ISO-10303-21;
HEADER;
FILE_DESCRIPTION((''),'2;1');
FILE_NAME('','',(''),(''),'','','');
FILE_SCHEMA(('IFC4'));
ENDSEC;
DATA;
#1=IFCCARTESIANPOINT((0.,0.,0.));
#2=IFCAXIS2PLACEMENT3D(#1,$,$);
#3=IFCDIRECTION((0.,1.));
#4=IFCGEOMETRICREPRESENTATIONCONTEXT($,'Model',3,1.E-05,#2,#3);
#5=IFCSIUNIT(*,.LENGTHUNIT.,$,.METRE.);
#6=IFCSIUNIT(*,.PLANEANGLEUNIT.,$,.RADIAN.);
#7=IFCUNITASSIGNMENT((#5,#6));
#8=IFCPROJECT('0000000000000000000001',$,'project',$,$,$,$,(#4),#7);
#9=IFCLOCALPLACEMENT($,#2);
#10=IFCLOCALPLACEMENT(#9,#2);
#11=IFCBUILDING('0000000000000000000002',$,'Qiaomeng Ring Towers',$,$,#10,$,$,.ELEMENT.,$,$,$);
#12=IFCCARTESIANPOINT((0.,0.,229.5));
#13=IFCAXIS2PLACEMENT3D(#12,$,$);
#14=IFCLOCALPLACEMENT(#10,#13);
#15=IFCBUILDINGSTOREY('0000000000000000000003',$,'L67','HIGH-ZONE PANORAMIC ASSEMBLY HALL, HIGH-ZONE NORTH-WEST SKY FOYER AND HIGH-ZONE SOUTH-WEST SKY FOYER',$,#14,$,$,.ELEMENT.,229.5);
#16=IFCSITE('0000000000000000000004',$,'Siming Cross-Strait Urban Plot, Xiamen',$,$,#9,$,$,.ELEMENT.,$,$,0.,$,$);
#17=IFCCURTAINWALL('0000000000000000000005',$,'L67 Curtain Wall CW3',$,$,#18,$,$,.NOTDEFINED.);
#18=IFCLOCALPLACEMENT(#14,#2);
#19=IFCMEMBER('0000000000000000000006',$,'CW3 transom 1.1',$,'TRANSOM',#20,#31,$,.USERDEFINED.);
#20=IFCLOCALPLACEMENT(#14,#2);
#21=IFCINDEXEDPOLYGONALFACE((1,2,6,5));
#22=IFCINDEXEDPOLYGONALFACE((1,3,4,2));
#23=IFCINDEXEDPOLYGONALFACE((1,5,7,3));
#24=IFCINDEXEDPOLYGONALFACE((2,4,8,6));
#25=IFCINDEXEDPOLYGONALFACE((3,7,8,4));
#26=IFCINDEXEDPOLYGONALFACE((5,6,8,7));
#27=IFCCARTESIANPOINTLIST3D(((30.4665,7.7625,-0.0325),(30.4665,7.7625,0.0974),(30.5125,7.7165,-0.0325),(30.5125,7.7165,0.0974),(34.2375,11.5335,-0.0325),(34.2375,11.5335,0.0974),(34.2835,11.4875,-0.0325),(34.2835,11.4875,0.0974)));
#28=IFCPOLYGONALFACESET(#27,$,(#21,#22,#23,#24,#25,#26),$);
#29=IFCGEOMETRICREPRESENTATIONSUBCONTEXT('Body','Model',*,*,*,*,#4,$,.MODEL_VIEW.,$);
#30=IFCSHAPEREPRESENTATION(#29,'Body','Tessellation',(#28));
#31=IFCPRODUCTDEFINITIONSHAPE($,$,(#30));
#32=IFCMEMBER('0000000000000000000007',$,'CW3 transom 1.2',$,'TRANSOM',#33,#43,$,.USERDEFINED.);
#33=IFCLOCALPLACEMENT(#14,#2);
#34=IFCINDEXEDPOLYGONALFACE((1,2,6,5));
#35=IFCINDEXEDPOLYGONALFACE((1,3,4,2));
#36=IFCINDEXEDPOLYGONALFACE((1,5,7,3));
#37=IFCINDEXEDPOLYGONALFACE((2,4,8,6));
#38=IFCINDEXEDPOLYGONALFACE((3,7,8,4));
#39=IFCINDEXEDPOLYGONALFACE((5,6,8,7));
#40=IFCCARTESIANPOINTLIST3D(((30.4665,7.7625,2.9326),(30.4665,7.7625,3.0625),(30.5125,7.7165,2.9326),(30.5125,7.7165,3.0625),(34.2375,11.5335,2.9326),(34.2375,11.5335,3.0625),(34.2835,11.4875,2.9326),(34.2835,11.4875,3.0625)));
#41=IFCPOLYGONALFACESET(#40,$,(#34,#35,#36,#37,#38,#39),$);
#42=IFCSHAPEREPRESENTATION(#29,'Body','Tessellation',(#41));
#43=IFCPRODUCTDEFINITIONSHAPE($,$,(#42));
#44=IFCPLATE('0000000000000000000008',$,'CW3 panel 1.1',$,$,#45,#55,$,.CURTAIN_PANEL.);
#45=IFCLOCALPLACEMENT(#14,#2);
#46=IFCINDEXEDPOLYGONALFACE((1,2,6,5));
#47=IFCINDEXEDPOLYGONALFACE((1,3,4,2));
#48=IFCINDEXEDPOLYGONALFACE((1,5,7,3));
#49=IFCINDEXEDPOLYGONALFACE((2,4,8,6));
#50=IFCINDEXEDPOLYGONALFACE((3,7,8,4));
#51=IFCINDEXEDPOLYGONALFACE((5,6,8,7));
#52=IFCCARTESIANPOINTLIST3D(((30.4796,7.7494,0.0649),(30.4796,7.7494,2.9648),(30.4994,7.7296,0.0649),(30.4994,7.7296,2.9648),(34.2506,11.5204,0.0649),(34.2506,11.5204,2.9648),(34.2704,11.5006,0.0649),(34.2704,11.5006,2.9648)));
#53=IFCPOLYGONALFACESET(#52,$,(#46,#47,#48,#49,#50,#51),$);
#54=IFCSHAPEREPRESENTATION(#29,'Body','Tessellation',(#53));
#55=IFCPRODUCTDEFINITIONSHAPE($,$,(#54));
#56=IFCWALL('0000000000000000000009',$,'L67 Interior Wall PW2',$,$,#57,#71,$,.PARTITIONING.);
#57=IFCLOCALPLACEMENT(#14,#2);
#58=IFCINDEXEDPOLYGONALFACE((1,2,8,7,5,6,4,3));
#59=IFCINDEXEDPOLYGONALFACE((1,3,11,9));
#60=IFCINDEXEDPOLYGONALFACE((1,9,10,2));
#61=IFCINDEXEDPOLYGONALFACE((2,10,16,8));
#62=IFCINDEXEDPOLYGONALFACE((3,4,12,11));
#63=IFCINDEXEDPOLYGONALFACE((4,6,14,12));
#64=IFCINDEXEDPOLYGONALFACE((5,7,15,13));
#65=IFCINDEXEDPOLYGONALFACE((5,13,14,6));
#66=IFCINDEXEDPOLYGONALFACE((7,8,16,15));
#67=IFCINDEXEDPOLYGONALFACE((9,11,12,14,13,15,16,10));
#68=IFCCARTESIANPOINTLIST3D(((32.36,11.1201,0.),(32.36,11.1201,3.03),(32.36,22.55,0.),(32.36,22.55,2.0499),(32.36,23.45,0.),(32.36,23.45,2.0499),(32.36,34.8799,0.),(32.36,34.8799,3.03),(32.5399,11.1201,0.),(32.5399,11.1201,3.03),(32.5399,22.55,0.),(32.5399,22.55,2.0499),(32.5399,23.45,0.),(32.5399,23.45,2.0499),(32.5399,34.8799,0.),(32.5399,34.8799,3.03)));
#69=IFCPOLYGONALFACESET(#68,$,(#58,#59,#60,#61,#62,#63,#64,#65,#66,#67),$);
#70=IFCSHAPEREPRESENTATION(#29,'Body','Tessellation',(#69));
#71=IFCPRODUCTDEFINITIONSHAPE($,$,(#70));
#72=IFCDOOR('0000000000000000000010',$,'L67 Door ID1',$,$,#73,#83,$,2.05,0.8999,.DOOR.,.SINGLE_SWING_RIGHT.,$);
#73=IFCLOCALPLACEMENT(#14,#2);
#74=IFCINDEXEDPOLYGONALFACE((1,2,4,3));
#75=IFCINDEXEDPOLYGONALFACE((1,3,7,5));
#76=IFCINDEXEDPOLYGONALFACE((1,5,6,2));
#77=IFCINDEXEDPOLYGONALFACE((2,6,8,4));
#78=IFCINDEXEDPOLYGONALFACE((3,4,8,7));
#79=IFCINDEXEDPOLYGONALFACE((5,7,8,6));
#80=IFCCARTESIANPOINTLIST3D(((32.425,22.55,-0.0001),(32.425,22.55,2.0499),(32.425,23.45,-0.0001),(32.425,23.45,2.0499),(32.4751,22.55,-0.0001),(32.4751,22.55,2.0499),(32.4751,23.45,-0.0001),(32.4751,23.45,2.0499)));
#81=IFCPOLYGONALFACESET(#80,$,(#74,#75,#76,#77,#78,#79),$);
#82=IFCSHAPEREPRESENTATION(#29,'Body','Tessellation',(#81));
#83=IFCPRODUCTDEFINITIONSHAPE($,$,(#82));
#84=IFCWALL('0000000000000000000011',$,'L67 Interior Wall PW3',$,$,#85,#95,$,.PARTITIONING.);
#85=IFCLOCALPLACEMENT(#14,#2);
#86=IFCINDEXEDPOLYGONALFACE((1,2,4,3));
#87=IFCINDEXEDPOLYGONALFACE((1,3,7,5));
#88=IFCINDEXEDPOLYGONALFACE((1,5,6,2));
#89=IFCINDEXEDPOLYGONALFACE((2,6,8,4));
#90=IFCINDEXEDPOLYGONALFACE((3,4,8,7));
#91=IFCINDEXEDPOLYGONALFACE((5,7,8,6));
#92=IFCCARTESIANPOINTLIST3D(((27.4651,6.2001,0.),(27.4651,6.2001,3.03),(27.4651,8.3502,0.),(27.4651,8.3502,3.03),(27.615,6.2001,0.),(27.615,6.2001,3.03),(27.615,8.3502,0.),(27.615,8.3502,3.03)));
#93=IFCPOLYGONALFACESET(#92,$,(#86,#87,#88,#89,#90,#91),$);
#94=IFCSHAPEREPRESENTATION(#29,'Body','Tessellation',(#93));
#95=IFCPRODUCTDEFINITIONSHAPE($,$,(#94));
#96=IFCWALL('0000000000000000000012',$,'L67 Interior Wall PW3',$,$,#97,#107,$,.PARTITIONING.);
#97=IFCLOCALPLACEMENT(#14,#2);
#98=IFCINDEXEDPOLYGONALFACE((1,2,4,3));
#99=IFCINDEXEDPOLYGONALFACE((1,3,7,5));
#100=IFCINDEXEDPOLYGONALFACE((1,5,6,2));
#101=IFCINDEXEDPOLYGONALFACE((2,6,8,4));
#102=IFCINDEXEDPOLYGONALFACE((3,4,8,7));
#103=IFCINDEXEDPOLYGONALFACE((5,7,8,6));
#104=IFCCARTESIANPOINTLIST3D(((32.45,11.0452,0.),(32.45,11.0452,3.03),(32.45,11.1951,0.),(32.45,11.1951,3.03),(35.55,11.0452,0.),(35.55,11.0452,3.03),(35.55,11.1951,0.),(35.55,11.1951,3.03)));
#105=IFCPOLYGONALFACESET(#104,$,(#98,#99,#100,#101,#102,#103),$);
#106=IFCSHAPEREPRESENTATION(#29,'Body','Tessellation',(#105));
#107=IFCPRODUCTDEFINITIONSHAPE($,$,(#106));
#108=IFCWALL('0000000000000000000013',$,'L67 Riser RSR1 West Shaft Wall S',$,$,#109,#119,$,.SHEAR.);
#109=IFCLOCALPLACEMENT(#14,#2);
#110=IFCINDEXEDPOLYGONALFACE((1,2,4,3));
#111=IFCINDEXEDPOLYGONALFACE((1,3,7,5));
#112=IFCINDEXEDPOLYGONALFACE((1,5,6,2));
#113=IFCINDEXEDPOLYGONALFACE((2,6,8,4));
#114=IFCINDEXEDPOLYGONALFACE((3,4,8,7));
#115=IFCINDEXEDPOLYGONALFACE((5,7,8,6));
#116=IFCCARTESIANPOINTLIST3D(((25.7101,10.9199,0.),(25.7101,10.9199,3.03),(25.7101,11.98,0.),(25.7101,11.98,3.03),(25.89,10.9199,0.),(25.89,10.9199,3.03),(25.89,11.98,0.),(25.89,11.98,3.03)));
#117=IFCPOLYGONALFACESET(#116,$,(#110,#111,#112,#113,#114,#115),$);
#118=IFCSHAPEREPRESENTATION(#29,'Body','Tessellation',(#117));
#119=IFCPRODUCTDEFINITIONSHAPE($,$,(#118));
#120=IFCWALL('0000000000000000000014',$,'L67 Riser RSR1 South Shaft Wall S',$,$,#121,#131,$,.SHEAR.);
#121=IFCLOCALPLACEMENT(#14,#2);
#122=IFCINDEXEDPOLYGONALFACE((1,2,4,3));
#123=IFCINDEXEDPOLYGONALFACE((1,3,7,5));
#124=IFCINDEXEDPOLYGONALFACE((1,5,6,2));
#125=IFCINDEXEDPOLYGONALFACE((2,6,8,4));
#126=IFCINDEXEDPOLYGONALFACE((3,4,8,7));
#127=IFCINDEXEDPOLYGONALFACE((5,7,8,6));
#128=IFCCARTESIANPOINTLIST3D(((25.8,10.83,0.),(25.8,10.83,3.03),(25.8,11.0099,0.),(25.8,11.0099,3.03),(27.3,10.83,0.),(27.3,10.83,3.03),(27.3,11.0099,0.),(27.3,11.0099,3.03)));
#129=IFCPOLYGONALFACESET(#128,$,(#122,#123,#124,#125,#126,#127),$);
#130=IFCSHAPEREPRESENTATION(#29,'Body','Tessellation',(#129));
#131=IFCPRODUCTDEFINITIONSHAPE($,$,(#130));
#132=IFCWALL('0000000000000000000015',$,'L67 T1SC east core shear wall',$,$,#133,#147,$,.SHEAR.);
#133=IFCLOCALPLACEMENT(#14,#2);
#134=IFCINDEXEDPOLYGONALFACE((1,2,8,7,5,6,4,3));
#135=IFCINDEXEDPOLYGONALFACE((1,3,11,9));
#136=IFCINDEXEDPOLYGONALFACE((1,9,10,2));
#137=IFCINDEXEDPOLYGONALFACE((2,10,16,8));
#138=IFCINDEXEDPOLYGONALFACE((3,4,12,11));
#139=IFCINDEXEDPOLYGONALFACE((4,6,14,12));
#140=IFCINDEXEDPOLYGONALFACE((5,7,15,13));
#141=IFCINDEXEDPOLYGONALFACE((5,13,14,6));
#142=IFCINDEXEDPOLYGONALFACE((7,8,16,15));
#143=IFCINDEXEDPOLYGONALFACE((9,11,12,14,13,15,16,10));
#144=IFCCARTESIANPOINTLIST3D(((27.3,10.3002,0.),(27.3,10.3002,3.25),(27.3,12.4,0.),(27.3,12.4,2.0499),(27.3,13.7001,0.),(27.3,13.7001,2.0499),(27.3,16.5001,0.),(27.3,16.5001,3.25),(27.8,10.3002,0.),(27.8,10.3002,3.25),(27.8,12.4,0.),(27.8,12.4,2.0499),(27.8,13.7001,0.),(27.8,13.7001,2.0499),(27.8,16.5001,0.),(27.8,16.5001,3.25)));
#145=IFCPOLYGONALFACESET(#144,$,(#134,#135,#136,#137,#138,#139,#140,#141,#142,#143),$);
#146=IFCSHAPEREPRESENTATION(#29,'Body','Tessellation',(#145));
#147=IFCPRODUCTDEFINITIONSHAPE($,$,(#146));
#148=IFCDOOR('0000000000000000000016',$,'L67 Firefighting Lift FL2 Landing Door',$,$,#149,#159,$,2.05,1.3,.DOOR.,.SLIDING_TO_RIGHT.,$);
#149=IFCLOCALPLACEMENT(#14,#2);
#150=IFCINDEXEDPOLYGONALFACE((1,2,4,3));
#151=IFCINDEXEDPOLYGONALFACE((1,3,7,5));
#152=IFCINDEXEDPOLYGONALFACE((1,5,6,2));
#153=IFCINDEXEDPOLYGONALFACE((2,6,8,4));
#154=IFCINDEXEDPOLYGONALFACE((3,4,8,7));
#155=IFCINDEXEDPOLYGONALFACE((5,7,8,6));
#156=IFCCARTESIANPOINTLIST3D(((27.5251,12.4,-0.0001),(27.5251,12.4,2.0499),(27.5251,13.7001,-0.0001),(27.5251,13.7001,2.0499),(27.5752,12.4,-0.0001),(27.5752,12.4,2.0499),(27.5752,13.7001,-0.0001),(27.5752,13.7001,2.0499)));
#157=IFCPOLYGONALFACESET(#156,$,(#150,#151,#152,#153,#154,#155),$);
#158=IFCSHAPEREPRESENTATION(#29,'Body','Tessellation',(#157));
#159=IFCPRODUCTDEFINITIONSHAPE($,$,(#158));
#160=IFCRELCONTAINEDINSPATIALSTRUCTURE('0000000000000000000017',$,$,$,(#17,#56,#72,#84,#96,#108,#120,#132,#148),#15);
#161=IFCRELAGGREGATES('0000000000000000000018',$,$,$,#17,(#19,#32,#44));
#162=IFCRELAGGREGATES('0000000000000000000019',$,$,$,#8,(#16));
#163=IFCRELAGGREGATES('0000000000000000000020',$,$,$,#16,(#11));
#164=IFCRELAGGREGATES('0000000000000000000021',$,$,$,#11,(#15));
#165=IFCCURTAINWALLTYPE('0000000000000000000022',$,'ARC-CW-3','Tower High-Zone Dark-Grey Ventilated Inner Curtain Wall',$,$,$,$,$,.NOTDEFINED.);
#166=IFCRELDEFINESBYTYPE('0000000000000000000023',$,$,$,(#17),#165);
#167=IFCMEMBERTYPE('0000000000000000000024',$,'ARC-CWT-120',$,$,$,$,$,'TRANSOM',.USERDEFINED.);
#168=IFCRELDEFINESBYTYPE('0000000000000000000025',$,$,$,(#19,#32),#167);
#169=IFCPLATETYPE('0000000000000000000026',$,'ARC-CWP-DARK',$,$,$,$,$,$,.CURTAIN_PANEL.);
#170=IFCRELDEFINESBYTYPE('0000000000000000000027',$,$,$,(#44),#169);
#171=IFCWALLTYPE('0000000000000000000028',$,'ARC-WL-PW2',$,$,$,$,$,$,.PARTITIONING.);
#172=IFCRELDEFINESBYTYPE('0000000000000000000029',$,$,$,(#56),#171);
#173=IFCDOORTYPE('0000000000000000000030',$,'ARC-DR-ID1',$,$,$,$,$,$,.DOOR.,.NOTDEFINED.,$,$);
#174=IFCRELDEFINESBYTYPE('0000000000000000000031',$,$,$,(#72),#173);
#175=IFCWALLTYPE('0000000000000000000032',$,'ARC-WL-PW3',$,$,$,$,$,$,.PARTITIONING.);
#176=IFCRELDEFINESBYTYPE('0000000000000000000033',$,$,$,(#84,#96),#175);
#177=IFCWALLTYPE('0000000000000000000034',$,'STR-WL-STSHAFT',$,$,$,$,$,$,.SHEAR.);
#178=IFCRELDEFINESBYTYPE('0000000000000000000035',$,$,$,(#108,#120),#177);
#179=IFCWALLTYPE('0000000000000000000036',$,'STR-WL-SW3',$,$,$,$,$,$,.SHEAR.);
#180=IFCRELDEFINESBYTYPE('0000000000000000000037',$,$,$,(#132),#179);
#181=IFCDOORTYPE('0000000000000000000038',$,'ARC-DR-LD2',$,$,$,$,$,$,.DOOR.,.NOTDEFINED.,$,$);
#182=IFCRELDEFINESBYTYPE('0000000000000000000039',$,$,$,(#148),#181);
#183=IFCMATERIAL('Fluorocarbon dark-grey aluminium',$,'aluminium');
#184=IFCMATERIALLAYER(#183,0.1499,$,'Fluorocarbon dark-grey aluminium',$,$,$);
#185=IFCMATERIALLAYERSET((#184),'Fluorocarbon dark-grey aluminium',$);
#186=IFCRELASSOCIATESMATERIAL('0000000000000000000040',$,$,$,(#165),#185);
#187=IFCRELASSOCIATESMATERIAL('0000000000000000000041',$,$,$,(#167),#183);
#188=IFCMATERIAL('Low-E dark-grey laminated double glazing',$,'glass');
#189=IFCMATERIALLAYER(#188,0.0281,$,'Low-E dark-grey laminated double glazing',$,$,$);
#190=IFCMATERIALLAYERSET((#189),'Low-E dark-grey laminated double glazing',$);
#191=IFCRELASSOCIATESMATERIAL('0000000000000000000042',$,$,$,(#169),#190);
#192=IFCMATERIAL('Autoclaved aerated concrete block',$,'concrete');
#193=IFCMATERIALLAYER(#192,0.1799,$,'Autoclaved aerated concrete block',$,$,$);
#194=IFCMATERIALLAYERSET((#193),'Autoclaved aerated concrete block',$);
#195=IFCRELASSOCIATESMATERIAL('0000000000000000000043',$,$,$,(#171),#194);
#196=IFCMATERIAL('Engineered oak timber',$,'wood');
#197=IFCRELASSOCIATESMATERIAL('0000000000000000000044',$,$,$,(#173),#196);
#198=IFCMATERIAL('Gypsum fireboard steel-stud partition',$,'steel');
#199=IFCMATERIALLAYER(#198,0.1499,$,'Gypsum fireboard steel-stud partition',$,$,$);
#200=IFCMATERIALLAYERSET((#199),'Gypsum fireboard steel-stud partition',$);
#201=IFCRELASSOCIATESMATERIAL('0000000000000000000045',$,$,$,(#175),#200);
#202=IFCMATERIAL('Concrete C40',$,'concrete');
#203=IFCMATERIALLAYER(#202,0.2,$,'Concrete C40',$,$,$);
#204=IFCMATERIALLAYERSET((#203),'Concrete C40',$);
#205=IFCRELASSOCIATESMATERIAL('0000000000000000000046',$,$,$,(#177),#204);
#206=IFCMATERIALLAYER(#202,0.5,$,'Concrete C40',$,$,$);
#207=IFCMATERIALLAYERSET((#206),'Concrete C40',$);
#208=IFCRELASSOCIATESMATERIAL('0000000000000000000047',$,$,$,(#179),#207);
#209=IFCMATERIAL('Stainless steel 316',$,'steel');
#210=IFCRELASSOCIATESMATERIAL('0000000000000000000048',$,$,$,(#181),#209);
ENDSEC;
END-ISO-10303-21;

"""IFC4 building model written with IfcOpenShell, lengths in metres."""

from ifc_helpers import new_model, si_unit, direction, frame, frame_2d, origin, origin_2d, place, context, subcontext, project, spatial, rectangle, extrude, source, transform, mapped, material, layer, layer_set, material_profile, profile_set, type_object, element, fill, aggregate, save


model = new_model("IFC4")

# Units and contexts
model_context = context("Model", 3, precision=1e-05, world=origin(), true_north=direction((0.0, 1.0)))
body_context = subcontext(model_context, "Body", "Model", "MODEL_VIEW")
ifc_project = project(units=[si_unit("LENGTHUNIT", "METRE"), si_unit("PLANEANGLEUNIT", "RADIAN")], contexts=[model_context])

# Site, building, storey
site_placement = place(None, origin())
site = spatial("IfcSite", under=ifc_project, at=site_placement, Name="Siming Cross-Strait Urban Plot, Xiamen", CompositionType="ELEMENT", RefElevation=0.0)
building_placement = place(site_placement, origin())
building = spatial("IfcBuilding", under=site, at=building_placement, Name="Qiaomeng Ring Towers", CompositionType="ELEMENT")
storey_placement = place(building_placement, frame((0.0, 0.0, 229.5)))
storey = spatial("IfcBuildingStorey", under=building, at=storey_placement, Name="L67", Description="HIGH-ZONE PANORAMIC ASSEMBLY HALL, HIGH-ZONE NORTH-WEST SKY FOYER AND HIGH-ZONE SOUTH-WEST SKY FOYER", CompositionType="ELEMENT", Elevation=229.5)

# Shared definitions
ifc_material_1 = material(Name="Concrete C40", Category="concrete")

# Curtain wall, members, plate
ifc_material_2 = material(Name="Fluorocarbon dark-grey aluminium", Category="aluminium")
ifc_layer_1 = layer(ifc_material_2, 0.1499, Name="Fluorocarbon dark-grey aluminium")
ifc_layer_set_1 = layer_set([ifc_layer_1], Name="Fluorocarbon dark-grey aluminium")
curtain_wall_type = type_object("IfcCurtainWallType", Name="ARC-CW-3", Description="Tower High-Zone Dark-Grey Ventilated Inner Curtain Wall", PredefinedType="NOTDEFINED", material=ifc_layer_set_1)
curtain_wall_placement = place(storey_placement, origin())
curtain_wall = element("IfcCurtainWall", 1, at=curtain_wall_placement, inside=storey, type_object=curtain_wall_type, Name="L67 Curtain Wall CW3", PredefinedType="NOTDEFINED")
ifc_material_profile_1 = material_profile(ifc_material_2, rectangle(XDim=0.0649, YDim=0.1299, at=origin_2d()), Name="ALU TRAN 65x130")
ifc_profile_set_1 = profile_set([ifc_material_profile_1], Name="Fluorocarbon dark-grey aluminium")
member_type_1 = type_object("IfcMemberType", Name="ARC-CWT-120", ElementType="TRANSOM", PredefinedType="USERDEFINED", material=ifc_profile_set_1)
shared_shape_1 = source(origin(), body_context, "Body", "SweptSolid", [
    extrude(rectangle(XDim=0.0649, YDim=0.1299, at=origin_2d()), origin(), (0.0, 0.0, 1.0), 5.333),
])
member_1_placement = place(storey_placement, frame((30.4895, 7.7395, 0.0325), z_axis=(0.707107, 0.707107, 0.0), x_axis=(-0.707107, 0.707107, 0.0)))
member_1 = element("IfcMember", 2, at=member_1_placement, type_object=member_type_1, Name="CW3 transom 1.1", ObjectType="TRANSOM", PredefinedType="USERDEFINED", context=body_context, shape_type="MappedRepresentation", body=[
    mapped(shared_shape_1, transform((0.0, 0.0, 0.0), x_axis=(1.0, 0.0, 0.0), y_axis=(0.0, 1.0, 0.0), z_axis=(0.0, 0.0, 1.0), scale=1.0)),
])
member_2_placement = place(storey_placement, frame((30.4895, 7.7395, 2.9976), z_axis=(0.707107, 0.707107, 0.0), x_axis=(-0.707107, 0.707107, 0.0)))
member_2 = element("IfcMember", 3, at=member_2_placement, type_object=member_type_1, Name="CW3 transom 1.2", ObjectType="TRANSOM", PredefinedType="USERDEFINED", context=body_context, shape_type="MappedRepresentation", body=[
    mapped(shared_shape_1, transform((0.0, 0.0, 0.0), x_axis=(1.0, 0.0, 0.0), y_axis=(0.0, 1.0, 0.0), z_axis=(0.0, 0.0, 1.0), scale=1.0)),
])
ifc_material_3 = material(Name="Low-E dark-grey laminated double glazing", Category="glass")
ifc_layer_2 = layer(ifc_material_3, 0.0281, Name="Low-E dark-grey laminated double glazing")
ifc_layer_set_2 = layer_set([ifc_layer_2], Name="Low-E dark-grey laminated double glazing")
plate_type = type_object("IfcPlateType", Name="ARC-CWP-DARK", PredefinedType="CURTAIN_PANEL", material=ifc_layer_set_2)
shared_shape_2 = source(origin(), body_context, "Body", "SweptSolid", [
    extrude(rectangle(XDim=5.333, YDim=0.0281, at=origin_2d()), origin(), (0.0, 0.0, 1.0), 2.8999),
])
plate_placement = place(storey_placement, frame((32.375, 9.625, 0.0649), z_axis=(0.0, 0.0, 1.0), x_axis=(0.707107, 0.707107, 0.0)))
plate = element("IfcPlate", 4, at=plate_placement, type_object=plate_type, Name="CW3 panel 1.1", PredefinedType="CURTAIN_PANEL", context=body_context, shape_type="MappedRepresentation", body=[
    mapped(shared_shape_2, transform((0.0, 0.0, 0.0), x_axis=(1.0, 0.0, 0.0), y_axis=(0.0, 1.0, 0.0), z_axis=(0.0, 0.0, 1.0), scale=1.0)),
])
aggregate(curtain_wall, [member_1, member_2, plate])

# Wall, opening, door
ifc_material_4 = material(Name="Autoclaved aerated concrete block", Category="concrete")
ifc_layer_3 = layer(ifc_material_4, 0.1799, Name="Autoclaved aerated concrete block")
ifc_layer_set_3 = layer_set([ifc_layer_3], Name="Autoclaved aerated concrete block")
wall_type_1 = type_object("IfcWallType", Name="ARC-WL-PW2", PredefinedType="PARTITIONING", material=ifc_layer_set_3)
wall_1_placement = place(storey_placement, frame((32.45, 11.1201, 0.0), z_axis=(0.0, 0.0, 1.0), x_axis=(0.0, 1.0, 0.0)))
wall_1 = element("IfcWall", 5, at=wall_1_placement, inside=storey, type_object=wall_type_1, Name="L67 Interior Wall PW2", PredefinedType="PARTITIONING", context=body_context, shape_type="SweptSolid", body=[
    extrude(rectangle(XDim=23.7598, YDim=0.1799, at=frame_2d((11.8799, 0.0))), origin(), (0.0, 0.0, 1.0), 3.03),
])
opening_1_placement = place(wall_1_placement, frame((11.4299, 0.0, 0.0)))
opening_1 = element("IfcOpeningElement", 6, at=opening_1_placement, cuts=wall_1, PredefinedType="OPENING", context=body_context, shape_type="SweptSolid", body=[
    extrude(rectangle(XDim=0.8999, YDim=2.05, at=frame_2d((0.45, 1.0249))), frame((0.0, 0.0999, 0.0), z_axis=(0.0, -1.0, 0.0), x_axis=(1.0, 0.0, 0.0)), (0.0, 0.0, 1.0), 0.2),
])
ifc_material_5 = material(Name="Engineered oak timber", Category="wood")
door_type_1 = type_object("IfcDoorType", Name="ARC-DR-ID1", OperationType="NOTDEFINED", PredefinedType="DOOR", material=ifc_material_5)
shared_shape_3 = source(origin(), body_context, "Body", "SweptSolid", [
    extrude(rectangle(XDim=0.8999, YDim=2.05, at=frame_2d((0.45, 1.0249))), frame((0.0, 0.0249, 0.0), z_axis=(0.0, -1.0, 0.0), x_axis=(1.0, 0.0, 0.0)), (0.0, 0.0, 1.0), 0.05),
])
door_1_placement = place(opening_1_placement, origin())
door_1 = element("IfcDoor", 7, at=door_1_placement, inside=storey, type_object=door_type_1, Name="L67 Door ID1", OperationType="SINGLE_SWING_RIGHT", OverallHeight=2.05, OverallWidth=0.8999, PredefinedType="DOOR", context=body_context, shape_type="MappedRepresentation", body=[
    mapped(shared_shape_3, transform((0.0, 0.0, 0.0), x_axis=(1.0, 0.0, 0.0), y_axis=(0.0, 1.0, 0.0), z_axis=(0.0, 0.0, 1.0), scale=1.0)),
])
fill(opening_1, door_1)

# Walls
ifc_material_6 = material(Name="Gypsum fireboard steel-stud partition", Category="steel")
ifc_layer_4 = layer(ifc_material_6, 0.1499, Name="Gypsum fireboard steel-stud partition")
ifc_layer_set_4 = layer_set([ifc_layer_4], Name="Gypsum fireboard steel-stud partition")
wall_type_2 = type_object("IfcWallType", Name="ARC-WL-PW3", PredefinedType="PARTITIONING", material=ifc_layer_set_4)
wall_2_placement = place(storey_placement, frame((27.54, 6.2, 0.0), z_axis=(0.0, 0.0, 1.0), x_axis=(0.0, 1.0, 0.0)))
element("IfcWall", 8, at=wall_2_placement, inside=storey, type_object=wall_type_2, Name="L67 Interior Wall PW3", PredefinedType="PARTITIONING", context=body_context, shape_type="SweptSolid", body=[
    extrude(rectangle(XDim=2.1501, YDim=0.1499, at=frame_2d((1.0752, 0.0))), origin(), (0.0, 0.0, 1.0), 3.03),
])
wall_3_placement = place(storey_placement, frame((32.45, 11.1201, 0.0), z_axis=(0.0, 0.0, 1.0), x_axis=(1.0, 0.0, 0.0)))
element("IfcWall", 9, at=wall_3_placement, inside=storey, type_object=wall_type_2, Name="L67 Interior Wall PW3", PredefinedType="PARTITIONING", context=body_context, shape_type="SweptSolid", body=[
    extrude(rectangle(XDim=3.1001, YDim=0.1499, at=frame_2d((1.55, 0.0))), origin(), (0.0, 0.0, 1.0), 3.03),
])
ifc_layer_5 = layer(ifc_material_1, 0.2, Name="Concrete C40")
ifc_layer_set_5 = layer_set([ifc_layer_5], Name="Concrete C40")
wall_type_3 = type_object("IfcWallType", Name="STR-WL-STSHAFT", PredefinedType="SHEAR", material=ifc_layer_set_5)
wall_4_placement = place(storey_placement, frame((25.8, 10.9199, 0.0), z_axis=(0.0, 0.0, 1.0), x_axis=(0.0, 1.0, 0.0)))
element("IfcWall", 10, at=wall_4_placement, inside=storey, type_object=wall_type_3, Name="L67 Riser RSR1 West Shaft Wall S", PredefinedType="SHEAR", context=body_context, shape_type="SweptSolid", body=[
    extrude(rectangle(XDim=1.0601, YDim=0.1799, at=frame_2d((0.53, 0.0))), origin(), (0.0, 0.0, 1.0), 3.03),
])
wall_5_placement = place(storey_placement, frame((25.8, 10.9199, 0.0), z_axis=(0.0, 0.0, 1.0), x_axis=(1.0, 0.0, 0.0)))
element("IfcWall", 11, at=wall_5_placement, inside=storey, type_object=wall_type_3, Name="L67 Riser RSR1 South Shaft Wall S", PredefinedType="SHEAR", context=body_context, shape_type="SweptSolid", body=[
    extrude(rectangle(XDim=1.5, YDim=0.1799, at=frame_2d((0.75, 0.0))), origin(), (0.0, 0.0, 1.0), 3.03),
])

# Wall, opening, door
ifc_layer_6 = layer(ifc_material_1, 0.5, Name="Concrete C40")
ifc_layer_set_6 = layer_set([ifc_layer_6], Name="Concrete C40")
wall_type_4 = type_object("IfcWallType", Name="STR-WL-SW3", PredefinedType="SHEAR", material=ifc_layer_set_6)
wall_6_placement = place(storey_placement, frame((27.55, 10.3, 0.0), z_axis=(0.0, 0.0, 1.0), x_axis=(0.0, 1.0, 0.0)))
wall_6 = element("IfcWall", 12, at=wall_6_placement, inside=storey, type_object=wall_type_4, Name="L67 T1SC east core shear wall", PredefinedType="SHEAR", context=body_context, shape_type="SweptSolid", body=[
    extrude(rectangle(XDim=6.2, YDim=0.5, at=frame_2d((3.1001, 0.0))), origin(), (0.0, 0.0, 1.0), 3.25),
])
opening_2_placement = place(wall_6_placement, frame((2.1001, 0.0, 0.0)))
opening_2 = element("IfcOpeningElement", 13, at=opening_2_placement, cuts=wall_6, PredefinedType="OPENING", context=body_context, shape_type="SweptSolid", body=[
    extrude(rectangle(XDim=1.3, YDim=2.05, at=frame_2d((0.6499, 1.0249))), frame((0.0, 0.26, 0.0), z_axis=(0.0, -1.0, 0.0), x_axis=(1.0, 0.0, 0.0)), (0.0, 0.0, 1.0), 0.52),
])
ifc_material_7 = material(Name="Stainless steel 316", Category="steel")
door_type_2 = type_object("IfcDoorType", Name="ARC-DR-LD2", OperationType="NOTDEFINED", PredefinedType="DOOR", material=ifc_material_7)
shared_shape_4 = source(origin(), body_context, "Body", "SweptSolid", [
    extrude(rectangle(XDim=1.3, YDim=2.05, at=frame_2d((0.6499, 1.0249))), frame((0.0, 0.0249, 0.0), z_axis=(0.0, -1.0, 0.0), x_axis=(1.0, 0.0, 0.0)), (0.0, 0.0, 1.0), 0.05),
])
door_2_placement = place(opening_2_placement, origin())
door_2 = element("IfcDoor", 14, at=door_2_placement, inside=storey, type_object=door_type_2, Name="L67 Firefighting Lift FL2 Landing Door", OperationType="SLIDING_TO_RIGHT", OverallHeight=2.05, OverallWidth=1.3, PredefinedType="DOOR", context=body_context, shape_type="MappedRepresentation", body=[
    mapped(shared_shape_4, transform((0.0, 0.0, 0.0), x_axis=(1.0, 0.0, 0.0), y_axis=(0.0, 1.0, 0.0), z_axis=(0.0, 0.0, 1.0), scale=1.0)),
])
fill(opening_2, door_2)

save(model, "model.ifc")
